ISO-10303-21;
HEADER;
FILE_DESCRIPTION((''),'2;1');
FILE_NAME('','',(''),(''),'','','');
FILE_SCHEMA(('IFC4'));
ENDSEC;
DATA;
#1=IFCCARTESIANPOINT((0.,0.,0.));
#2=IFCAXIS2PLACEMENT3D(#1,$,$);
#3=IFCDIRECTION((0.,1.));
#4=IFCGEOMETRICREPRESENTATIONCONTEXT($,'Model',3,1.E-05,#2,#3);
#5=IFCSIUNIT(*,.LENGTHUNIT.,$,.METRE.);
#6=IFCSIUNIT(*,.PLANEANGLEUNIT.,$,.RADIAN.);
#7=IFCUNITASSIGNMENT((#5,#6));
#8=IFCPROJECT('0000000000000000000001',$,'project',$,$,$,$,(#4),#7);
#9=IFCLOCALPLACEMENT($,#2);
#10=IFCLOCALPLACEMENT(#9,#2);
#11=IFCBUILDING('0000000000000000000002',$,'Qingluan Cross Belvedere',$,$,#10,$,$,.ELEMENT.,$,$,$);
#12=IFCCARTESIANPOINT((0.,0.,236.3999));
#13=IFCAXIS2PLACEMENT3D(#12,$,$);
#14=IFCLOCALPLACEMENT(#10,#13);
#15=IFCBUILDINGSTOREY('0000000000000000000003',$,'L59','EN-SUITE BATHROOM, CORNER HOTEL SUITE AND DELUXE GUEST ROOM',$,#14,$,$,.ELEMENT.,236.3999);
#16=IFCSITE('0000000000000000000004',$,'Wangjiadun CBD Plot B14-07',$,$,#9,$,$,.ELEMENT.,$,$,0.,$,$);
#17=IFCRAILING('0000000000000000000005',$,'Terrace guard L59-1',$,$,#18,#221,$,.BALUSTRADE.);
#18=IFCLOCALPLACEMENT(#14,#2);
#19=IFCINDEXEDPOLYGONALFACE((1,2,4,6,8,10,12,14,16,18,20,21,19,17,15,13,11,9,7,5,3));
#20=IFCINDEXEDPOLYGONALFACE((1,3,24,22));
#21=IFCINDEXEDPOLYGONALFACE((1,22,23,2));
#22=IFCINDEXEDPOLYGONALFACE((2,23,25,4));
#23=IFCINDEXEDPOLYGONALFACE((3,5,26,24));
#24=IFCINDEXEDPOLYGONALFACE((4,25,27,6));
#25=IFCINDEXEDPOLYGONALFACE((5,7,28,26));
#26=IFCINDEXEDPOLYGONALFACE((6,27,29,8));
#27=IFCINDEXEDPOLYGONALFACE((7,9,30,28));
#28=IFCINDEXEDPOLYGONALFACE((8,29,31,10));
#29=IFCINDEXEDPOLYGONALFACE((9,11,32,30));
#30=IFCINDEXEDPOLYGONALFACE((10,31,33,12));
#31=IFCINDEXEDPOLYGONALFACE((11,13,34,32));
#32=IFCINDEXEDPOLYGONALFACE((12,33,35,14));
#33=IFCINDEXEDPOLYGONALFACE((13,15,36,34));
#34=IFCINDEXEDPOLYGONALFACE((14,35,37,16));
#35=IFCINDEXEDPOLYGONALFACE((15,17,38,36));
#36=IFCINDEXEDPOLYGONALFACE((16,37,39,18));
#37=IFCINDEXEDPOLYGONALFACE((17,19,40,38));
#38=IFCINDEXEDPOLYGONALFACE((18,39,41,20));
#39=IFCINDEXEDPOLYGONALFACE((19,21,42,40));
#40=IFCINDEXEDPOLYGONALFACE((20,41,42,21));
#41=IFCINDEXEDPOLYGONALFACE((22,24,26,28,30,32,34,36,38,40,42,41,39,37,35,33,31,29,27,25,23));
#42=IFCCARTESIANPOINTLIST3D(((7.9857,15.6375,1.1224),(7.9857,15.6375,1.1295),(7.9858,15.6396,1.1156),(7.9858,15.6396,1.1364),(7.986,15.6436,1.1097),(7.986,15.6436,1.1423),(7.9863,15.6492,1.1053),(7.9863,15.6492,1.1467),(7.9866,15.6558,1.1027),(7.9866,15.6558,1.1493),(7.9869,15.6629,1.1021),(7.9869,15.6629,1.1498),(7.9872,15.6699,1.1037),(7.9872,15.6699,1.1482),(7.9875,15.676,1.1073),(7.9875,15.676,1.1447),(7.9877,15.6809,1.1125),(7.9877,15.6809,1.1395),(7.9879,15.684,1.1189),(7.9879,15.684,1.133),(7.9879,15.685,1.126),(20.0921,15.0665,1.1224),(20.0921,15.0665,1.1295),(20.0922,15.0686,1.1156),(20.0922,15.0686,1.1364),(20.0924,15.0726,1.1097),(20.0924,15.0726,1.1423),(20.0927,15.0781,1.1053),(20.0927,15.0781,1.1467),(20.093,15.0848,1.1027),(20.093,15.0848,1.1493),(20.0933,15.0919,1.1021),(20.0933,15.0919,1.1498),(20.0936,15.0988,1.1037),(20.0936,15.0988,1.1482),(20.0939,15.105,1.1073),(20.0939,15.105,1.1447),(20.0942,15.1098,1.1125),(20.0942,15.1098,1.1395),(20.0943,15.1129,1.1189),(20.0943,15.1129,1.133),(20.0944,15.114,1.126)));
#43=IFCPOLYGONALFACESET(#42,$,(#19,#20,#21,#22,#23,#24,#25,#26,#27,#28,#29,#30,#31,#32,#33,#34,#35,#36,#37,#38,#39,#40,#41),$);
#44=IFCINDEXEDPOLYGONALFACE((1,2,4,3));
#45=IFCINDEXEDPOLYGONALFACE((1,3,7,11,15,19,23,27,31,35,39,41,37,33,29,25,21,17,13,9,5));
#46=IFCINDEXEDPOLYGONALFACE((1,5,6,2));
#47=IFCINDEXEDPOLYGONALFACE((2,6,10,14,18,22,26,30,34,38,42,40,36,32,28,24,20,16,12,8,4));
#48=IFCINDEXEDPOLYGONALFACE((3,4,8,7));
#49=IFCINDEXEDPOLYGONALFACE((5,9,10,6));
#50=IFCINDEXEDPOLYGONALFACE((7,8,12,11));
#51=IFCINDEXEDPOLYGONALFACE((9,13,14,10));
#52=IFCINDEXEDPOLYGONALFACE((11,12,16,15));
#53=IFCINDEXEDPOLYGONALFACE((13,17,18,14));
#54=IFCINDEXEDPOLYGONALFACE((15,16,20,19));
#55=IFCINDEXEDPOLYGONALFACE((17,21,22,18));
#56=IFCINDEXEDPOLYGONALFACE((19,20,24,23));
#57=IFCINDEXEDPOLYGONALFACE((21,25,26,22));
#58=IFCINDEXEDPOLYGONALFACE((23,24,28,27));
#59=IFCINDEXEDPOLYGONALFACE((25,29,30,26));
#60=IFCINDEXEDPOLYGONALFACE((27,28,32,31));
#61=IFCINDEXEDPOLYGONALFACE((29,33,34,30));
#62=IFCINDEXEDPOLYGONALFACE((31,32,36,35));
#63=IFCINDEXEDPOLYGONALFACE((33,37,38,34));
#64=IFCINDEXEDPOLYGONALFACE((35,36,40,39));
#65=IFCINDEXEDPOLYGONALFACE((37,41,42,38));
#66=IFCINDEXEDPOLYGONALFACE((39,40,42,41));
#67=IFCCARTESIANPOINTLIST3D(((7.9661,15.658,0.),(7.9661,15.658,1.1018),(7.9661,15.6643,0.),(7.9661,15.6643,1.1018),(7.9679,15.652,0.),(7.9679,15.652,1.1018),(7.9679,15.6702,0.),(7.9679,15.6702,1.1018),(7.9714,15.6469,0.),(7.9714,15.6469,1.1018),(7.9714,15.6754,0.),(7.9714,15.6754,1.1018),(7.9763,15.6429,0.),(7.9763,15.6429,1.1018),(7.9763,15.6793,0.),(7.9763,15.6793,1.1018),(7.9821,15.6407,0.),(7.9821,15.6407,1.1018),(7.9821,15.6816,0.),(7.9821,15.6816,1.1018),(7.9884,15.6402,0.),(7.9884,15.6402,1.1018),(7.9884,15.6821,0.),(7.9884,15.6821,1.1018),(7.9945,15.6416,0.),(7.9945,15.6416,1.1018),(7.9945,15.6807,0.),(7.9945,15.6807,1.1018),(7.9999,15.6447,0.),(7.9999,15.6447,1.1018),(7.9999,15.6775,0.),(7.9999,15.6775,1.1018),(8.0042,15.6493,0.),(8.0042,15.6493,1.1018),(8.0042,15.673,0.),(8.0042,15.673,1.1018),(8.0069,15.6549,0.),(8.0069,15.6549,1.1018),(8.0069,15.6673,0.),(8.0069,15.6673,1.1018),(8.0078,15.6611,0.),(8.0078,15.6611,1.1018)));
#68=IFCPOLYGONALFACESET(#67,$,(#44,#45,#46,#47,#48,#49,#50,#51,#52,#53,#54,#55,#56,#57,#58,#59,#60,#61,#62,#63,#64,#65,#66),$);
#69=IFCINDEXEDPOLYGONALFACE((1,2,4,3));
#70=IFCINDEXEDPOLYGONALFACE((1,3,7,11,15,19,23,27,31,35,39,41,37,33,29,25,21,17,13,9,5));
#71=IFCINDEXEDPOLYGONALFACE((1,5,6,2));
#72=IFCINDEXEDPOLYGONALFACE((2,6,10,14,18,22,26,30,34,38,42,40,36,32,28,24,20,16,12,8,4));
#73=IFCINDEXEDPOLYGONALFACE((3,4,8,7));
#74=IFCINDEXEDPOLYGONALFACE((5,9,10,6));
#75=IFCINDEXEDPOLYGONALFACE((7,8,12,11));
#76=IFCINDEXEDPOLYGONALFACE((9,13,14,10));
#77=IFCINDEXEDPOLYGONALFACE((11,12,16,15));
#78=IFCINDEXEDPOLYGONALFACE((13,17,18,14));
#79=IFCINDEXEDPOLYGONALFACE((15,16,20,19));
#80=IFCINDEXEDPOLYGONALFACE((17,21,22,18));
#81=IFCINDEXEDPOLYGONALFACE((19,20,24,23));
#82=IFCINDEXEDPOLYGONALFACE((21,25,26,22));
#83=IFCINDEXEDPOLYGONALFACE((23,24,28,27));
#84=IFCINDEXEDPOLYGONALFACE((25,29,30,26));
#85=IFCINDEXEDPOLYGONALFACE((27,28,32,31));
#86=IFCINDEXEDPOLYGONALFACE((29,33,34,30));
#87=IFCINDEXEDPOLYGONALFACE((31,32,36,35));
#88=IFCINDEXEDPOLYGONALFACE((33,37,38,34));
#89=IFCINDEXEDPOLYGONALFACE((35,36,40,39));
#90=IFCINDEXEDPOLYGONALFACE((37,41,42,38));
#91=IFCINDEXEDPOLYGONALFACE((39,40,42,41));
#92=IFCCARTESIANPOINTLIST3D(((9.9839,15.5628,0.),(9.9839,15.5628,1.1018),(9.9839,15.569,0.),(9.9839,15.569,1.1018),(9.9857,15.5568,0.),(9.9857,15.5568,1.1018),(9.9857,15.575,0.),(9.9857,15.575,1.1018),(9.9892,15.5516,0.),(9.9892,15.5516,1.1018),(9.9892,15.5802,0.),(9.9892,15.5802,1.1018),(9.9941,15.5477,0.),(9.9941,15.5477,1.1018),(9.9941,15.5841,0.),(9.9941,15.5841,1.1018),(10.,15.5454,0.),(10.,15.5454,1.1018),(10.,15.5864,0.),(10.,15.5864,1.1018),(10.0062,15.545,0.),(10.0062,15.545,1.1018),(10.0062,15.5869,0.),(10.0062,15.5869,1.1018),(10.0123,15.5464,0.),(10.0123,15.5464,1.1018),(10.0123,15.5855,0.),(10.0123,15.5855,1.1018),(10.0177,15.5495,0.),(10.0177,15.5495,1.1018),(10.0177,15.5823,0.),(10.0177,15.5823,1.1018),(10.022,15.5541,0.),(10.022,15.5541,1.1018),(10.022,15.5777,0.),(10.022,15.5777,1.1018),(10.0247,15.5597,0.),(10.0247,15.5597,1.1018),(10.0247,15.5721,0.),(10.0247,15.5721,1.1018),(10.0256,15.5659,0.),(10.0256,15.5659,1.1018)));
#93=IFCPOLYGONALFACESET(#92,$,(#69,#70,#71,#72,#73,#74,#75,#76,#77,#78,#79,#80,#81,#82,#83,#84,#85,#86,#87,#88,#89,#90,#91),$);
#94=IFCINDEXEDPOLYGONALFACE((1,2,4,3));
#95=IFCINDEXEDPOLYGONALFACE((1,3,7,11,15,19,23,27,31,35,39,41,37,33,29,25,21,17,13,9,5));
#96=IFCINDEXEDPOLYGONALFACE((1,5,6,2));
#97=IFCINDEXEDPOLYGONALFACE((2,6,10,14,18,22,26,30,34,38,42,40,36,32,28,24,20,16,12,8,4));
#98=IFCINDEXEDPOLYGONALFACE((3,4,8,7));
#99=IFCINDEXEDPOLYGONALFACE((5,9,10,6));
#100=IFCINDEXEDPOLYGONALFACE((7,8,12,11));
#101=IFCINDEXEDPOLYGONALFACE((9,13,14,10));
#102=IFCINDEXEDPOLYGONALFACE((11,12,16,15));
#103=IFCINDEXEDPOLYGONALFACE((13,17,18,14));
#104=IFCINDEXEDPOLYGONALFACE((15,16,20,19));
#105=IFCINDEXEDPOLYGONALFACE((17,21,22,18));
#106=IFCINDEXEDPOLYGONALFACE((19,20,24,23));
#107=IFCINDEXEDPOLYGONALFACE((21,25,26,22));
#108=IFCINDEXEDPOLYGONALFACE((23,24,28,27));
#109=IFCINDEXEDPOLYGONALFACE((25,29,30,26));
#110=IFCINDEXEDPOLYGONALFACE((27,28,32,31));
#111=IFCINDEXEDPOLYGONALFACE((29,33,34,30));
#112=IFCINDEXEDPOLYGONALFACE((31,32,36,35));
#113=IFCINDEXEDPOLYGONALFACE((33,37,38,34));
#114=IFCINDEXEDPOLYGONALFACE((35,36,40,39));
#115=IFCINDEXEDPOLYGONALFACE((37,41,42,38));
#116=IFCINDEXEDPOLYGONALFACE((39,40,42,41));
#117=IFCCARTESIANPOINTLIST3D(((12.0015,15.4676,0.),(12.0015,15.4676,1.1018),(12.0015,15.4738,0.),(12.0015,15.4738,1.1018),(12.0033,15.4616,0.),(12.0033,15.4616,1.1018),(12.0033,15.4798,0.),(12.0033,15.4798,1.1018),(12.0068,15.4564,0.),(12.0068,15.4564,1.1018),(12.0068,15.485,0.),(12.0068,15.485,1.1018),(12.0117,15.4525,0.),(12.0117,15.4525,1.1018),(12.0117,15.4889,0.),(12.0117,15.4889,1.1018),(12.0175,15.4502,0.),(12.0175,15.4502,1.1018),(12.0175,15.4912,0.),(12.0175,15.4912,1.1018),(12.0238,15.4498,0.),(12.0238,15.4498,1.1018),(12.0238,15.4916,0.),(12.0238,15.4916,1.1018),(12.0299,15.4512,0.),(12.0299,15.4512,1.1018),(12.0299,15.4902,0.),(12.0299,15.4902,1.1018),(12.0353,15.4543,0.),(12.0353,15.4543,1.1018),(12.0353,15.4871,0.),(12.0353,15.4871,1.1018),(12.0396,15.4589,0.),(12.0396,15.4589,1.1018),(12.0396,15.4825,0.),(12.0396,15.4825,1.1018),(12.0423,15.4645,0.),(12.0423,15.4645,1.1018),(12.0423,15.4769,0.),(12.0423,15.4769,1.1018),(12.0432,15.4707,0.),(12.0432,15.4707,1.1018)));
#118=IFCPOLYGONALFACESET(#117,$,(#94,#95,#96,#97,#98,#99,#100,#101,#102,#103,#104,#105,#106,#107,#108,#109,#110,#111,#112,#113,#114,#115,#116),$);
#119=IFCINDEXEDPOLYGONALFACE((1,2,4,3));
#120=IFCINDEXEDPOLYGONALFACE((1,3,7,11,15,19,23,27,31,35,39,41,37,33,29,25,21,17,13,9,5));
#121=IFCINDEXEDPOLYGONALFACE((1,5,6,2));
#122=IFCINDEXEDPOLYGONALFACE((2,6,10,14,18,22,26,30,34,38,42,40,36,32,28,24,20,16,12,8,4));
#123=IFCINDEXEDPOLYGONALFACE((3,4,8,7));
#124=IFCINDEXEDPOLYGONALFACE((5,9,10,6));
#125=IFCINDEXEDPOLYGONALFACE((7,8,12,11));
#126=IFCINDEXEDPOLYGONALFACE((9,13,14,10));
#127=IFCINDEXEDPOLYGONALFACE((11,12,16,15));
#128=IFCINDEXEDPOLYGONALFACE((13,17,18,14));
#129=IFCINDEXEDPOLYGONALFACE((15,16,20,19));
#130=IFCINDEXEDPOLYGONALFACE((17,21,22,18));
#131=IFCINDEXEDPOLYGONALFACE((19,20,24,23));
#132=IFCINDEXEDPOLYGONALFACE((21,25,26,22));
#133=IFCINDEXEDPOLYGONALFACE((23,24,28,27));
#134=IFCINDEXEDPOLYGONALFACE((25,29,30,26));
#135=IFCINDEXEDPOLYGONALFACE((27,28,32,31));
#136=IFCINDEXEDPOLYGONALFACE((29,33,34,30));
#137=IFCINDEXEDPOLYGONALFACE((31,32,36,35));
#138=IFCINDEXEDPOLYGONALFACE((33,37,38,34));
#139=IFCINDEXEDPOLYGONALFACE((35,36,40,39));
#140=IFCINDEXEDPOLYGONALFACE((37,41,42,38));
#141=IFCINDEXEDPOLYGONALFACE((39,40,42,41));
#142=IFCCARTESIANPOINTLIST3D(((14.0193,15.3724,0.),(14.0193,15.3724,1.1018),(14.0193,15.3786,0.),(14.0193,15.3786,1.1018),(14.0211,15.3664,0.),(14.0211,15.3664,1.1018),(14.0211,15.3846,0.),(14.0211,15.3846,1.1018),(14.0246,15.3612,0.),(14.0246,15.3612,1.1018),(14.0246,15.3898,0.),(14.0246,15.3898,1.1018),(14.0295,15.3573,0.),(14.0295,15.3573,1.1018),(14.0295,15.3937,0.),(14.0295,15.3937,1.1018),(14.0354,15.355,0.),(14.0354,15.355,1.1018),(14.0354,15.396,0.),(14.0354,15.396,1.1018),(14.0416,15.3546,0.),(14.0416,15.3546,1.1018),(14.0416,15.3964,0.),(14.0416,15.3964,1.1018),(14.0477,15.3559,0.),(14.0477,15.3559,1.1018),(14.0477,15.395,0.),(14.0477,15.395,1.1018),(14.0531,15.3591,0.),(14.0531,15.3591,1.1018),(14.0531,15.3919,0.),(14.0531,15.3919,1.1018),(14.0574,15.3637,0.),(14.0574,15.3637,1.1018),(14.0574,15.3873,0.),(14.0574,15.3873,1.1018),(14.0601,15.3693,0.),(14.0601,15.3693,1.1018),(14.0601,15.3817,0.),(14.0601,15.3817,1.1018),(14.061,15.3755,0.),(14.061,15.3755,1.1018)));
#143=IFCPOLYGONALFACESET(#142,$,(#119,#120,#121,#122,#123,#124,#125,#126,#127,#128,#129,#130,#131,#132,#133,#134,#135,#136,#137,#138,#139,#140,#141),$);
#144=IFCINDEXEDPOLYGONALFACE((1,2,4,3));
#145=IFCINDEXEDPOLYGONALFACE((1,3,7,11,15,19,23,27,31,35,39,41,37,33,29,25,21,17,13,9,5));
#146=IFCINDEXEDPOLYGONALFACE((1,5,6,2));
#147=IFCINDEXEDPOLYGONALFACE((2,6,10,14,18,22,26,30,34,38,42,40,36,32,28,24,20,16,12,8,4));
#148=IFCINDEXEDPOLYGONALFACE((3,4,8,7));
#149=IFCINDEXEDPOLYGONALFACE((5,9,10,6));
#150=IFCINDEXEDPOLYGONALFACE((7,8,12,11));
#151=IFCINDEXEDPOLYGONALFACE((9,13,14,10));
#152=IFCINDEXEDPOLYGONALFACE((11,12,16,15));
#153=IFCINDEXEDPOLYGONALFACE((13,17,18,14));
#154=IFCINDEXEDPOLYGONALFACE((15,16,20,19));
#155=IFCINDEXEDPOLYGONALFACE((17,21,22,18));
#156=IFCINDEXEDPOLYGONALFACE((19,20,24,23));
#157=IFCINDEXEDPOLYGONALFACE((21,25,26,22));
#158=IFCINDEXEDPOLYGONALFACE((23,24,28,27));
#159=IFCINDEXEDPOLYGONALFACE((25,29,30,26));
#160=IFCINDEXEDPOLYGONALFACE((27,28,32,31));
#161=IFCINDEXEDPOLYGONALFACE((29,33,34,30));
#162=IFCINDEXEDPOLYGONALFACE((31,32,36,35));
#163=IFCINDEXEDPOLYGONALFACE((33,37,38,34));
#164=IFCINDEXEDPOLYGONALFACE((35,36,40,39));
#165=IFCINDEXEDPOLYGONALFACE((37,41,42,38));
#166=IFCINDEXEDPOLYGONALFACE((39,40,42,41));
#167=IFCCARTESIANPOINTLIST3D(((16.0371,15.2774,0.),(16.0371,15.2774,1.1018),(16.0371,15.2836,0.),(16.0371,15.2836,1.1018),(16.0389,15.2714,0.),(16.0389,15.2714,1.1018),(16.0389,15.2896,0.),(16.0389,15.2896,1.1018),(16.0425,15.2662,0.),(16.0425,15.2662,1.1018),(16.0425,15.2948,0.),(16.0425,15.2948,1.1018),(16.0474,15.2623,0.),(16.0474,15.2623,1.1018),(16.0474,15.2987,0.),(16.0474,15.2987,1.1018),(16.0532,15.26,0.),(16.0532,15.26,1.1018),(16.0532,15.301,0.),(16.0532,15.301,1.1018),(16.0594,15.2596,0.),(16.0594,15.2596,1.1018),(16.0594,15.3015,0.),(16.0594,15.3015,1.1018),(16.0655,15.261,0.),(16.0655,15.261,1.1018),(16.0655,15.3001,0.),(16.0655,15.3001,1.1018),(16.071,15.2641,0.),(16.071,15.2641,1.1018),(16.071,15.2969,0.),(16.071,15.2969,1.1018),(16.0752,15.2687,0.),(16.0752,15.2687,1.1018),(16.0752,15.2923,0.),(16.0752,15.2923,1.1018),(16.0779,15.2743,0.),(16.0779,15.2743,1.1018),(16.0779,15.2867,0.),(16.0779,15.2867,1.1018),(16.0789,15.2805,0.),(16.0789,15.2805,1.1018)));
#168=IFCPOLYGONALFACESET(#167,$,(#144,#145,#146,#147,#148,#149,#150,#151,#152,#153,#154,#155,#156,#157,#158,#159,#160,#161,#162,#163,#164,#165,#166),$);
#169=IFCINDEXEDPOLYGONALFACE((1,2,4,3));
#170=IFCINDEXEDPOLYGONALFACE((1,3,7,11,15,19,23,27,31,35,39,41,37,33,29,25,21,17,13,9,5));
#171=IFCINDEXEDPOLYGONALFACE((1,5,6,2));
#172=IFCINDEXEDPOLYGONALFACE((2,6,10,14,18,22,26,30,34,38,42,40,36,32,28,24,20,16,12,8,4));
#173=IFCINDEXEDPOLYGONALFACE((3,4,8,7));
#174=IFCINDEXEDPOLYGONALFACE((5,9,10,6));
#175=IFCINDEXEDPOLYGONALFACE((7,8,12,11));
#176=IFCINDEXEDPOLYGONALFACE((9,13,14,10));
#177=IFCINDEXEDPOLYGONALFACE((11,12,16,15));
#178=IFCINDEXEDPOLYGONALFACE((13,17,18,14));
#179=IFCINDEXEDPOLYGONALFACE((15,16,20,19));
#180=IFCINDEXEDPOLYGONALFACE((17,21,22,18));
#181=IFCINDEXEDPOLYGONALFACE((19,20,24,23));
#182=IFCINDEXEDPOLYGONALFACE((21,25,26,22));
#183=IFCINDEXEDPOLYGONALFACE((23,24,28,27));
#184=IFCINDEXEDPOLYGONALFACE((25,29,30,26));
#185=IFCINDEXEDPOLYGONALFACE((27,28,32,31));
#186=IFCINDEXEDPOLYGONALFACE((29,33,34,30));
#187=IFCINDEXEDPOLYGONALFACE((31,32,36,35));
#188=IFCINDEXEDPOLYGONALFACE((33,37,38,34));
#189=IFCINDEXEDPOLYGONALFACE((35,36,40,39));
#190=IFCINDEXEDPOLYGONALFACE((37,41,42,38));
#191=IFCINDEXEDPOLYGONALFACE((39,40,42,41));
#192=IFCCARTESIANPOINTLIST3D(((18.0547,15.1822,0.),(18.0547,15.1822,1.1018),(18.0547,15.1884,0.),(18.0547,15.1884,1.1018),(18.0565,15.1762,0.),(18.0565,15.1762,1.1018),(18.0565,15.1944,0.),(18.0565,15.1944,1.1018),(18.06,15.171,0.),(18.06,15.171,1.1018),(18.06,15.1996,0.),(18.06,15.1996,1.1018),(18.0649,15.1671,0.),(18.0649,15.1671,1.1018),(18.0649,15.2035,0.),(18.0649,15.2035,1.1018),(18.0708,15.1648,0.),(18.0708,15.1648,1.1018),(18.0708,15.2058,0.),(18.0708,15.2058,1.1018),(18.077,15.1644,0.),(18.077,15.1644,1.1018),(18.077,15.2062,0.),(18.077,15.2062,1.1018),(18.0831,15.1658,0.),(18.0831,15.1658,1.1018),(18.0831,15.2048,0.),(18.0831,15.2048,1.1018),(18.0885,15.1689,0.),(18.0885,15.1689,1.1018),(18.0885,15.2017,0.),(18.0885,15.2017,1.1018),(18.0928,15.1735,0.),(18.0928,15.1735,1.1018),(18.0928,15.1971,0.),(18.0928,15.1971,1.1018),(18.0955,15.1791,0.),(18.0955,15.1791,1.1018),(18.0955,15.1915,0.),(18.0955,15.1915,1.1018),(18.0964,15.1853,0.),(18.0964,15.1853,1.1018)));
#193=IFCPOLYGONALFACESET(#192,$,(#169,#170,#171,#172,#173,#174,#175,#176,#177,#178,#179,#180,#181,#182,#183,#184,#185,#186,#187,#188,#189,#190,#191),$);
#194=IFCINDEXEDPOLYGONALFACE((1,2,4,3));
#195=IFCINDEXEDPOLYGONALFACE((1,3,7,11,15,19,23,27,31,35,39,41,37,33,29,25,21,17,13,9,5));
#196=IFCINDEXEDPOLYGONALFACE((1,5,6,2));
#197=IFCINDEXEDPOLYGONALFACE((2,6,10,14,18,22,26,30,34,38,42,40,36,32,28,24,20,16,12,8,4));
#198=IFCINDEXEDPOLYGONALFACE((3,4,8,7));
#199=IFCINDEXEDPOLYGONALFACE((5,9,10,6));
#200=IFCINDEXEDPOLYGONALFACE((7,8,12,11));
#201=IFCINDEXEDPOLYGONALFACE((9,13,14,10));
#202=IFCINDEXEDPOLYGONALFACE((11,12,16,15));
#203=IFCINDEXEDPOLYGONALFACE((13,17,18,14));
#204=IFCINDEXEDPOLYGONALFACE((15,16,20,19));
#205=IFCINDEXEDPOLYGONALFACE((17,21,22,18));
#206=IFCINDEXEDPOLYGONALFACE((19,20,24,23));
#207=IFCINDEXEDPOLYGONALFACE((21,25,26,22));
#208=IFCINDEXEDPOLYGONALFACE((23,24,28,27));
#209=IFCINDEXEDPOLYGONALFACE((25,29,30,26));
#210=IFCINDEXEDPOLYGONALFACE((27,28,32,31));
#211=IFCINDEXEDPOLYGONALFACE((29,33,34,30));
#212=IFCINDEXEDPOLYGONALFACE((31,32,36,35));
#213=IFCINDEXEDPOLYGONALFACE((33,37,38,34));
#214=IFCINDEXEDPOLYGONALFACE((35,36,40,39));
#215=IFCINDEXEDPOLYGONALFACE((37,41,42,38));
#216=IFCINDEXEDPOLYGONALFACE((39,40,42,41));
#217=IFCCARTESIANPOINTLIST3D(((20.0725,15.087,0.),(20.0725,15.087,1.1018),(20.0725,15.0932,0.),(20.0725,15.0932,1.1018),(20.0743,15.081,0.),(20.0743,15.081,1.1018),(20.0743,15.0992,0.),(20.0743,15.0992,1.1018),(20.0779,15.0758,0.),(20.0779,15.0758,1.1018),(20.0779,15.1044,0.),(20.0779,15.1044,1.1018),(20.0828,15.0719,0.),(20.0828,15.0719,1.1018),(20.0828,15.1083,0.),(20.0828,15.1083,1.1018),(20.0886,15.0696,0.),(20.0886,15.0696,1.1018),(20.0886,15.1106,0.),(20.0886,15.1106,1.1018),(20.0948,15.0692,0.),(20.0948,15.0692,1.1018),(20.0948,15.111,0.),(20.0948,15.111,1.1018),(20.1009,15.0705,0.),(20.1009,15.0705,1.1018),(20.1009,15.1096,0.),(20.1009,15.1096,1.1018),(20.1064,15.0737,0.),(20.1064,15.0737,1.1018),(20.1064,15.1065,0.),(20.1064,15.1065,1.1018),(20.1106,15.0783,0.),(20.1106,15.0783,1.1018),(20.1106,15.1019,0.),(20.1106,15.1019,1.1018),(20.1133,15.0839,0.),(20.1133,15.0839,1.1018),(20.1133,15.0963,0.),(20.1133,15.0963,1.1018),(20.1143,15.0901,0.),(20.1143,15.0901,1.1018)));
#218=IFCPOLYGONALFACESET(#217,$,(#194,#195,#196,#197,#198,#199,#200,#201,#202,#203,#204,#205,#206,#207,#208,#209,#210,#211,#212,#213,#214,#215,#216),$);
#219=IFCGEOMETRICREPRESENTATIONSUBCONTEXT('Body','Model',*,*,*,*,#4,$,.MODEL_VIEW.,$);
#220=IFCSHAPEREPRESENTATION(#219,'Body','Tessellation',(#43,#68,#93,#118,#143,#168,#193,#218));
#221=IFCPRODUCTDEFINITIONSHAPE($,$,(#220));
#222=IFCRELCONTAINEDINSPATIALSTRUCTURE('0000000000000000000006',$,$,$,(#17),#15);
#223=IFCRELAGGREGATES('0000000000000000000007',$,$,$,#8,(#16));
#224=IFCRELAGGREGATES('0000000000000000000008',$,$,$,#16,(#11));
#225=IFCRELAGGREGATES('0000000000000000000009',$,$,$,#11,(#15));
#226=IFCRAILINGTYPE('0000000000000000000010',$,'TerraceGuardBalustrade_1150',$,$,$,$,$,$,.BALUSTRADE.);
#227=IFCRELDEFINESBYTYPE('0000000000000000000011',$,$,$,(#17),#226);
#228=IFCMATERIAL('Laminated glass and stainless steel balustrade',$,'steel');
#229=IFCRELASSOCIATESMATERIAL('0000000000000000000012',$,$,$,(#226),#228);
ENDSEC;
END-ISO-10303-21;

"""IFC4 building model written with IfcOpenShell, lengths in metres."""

from ifc_helpers import new_model, si_unit, direction, frame, origin, origin_2d, place, context, subcontext, project, spatial, circle, extrude, material, type_object, element, save


model = new_model("IFC4")

# Units and contexts
model_context = context("Model", 3, precision=1e-05, world=origin(), true_north=direction((0.0, 1.0)))
body_context = subcontext(model_context, "Body", "Model", "MODEL_VIEW")
ifc_project = project(units=[si_unit("LENGTHUNIT", "METRE"), si_unit("PLANEANGLEUNIT", "RADIAN")], contexts=[model_context])

# Site, building, storey
site_placement = place(None, origin())
site = spatial("IfcSite", under=ifc_project, at=site_placement, Name="Wangjiadun CBD Plot B14-07", CompositionType="ELEMENT", RefElevation=0.0)
building_placement = place(site_placement, origin())
building = spatial("IfcBuilding", under=site, at=building_placement, Name="Qingluan Cross Belvedere", CompositionType="ELEMENT")
storey_placement = place(building_placement, frame((0.0, 0.0, 236.3999)))
storey = spatial("IfcBuildingStorey", under=building, at=storey_placement, Name="L59", Description="EN-SUITE BATHROOM, CORNER HOTEL SUITE AND DELUXE GUEST ROOM", CompositionType="ELEMENT", Elevation=236.3999)

# Railing
ifc_material_1 = material(Name="Laminated glass and stainless steel balustrade", Category="steel")
railing_type = type_object("IfcRailingType", Name="TerraceGuardBalustrade_1150", PredefinedType="BALUSTRADE", material=ifc_material_1)
railing_1_placement = place(storey_placement, frame((7.9868, 15.6611, 0.0)))
element("IfcRailing", 1, at=railing_1_placement, inside=storey, type_object=railing_type, Name="Terrace guard L59-1", PredefinedType="BALUSTRADE", context=body_context, shape_type="SweptSolid", body=[
    extrude(circle(Radius=0.0239, at=origin_2d()), frame((0.0, 0.0, 1.126), z_axis=(0.998889, -0.047116, 0.0), x_axis=(0.047116, 0.998889, 0.0)), (0.0, 0.0, 1.0), 12.1199),
    extrude(circle(Radius=0.021, at=origin_2d()), origin(), (0.0, 0.0, 1.0), 1.1018),
    extrude(circle(Radius=0.021, at=origin_2d()), frame((2.0178, -0.0952, 0.0)), (0.0, 0.0, 1.0), 1.1018),
    extrude(circle(Radius=0.021, at=origin_2d()), frame((4.0354, -0.1904, 0.0)), (0.0, 0.0, 1.0), 1.1018),
    extrude(circle(Radius=0.021, at=origin_2d()), frame((6.0532, -0.2856, 0.0)), (0.0, 0.0, 1.0), 1.1018),
    extrude(circle(Radius=0.021, at=origin_2d()), frame((8.071, -0.3806, 0.0)), (0.0, 0.0, 1.0), 1.1018),
    extrude(circle(Radius=0.021, at=origin_2d()), frame((10.0886, -0.4758, 0.0)), (0.0, 0.0, 1.0), 1.1018),
    extrude(circle(Radius=0.021, at=origin_2d()), frame((12.1064, -0.571, 0.0)), (0.0, 0.0, 1.0), 1.1018),
])

save(model, "model.ifc")
